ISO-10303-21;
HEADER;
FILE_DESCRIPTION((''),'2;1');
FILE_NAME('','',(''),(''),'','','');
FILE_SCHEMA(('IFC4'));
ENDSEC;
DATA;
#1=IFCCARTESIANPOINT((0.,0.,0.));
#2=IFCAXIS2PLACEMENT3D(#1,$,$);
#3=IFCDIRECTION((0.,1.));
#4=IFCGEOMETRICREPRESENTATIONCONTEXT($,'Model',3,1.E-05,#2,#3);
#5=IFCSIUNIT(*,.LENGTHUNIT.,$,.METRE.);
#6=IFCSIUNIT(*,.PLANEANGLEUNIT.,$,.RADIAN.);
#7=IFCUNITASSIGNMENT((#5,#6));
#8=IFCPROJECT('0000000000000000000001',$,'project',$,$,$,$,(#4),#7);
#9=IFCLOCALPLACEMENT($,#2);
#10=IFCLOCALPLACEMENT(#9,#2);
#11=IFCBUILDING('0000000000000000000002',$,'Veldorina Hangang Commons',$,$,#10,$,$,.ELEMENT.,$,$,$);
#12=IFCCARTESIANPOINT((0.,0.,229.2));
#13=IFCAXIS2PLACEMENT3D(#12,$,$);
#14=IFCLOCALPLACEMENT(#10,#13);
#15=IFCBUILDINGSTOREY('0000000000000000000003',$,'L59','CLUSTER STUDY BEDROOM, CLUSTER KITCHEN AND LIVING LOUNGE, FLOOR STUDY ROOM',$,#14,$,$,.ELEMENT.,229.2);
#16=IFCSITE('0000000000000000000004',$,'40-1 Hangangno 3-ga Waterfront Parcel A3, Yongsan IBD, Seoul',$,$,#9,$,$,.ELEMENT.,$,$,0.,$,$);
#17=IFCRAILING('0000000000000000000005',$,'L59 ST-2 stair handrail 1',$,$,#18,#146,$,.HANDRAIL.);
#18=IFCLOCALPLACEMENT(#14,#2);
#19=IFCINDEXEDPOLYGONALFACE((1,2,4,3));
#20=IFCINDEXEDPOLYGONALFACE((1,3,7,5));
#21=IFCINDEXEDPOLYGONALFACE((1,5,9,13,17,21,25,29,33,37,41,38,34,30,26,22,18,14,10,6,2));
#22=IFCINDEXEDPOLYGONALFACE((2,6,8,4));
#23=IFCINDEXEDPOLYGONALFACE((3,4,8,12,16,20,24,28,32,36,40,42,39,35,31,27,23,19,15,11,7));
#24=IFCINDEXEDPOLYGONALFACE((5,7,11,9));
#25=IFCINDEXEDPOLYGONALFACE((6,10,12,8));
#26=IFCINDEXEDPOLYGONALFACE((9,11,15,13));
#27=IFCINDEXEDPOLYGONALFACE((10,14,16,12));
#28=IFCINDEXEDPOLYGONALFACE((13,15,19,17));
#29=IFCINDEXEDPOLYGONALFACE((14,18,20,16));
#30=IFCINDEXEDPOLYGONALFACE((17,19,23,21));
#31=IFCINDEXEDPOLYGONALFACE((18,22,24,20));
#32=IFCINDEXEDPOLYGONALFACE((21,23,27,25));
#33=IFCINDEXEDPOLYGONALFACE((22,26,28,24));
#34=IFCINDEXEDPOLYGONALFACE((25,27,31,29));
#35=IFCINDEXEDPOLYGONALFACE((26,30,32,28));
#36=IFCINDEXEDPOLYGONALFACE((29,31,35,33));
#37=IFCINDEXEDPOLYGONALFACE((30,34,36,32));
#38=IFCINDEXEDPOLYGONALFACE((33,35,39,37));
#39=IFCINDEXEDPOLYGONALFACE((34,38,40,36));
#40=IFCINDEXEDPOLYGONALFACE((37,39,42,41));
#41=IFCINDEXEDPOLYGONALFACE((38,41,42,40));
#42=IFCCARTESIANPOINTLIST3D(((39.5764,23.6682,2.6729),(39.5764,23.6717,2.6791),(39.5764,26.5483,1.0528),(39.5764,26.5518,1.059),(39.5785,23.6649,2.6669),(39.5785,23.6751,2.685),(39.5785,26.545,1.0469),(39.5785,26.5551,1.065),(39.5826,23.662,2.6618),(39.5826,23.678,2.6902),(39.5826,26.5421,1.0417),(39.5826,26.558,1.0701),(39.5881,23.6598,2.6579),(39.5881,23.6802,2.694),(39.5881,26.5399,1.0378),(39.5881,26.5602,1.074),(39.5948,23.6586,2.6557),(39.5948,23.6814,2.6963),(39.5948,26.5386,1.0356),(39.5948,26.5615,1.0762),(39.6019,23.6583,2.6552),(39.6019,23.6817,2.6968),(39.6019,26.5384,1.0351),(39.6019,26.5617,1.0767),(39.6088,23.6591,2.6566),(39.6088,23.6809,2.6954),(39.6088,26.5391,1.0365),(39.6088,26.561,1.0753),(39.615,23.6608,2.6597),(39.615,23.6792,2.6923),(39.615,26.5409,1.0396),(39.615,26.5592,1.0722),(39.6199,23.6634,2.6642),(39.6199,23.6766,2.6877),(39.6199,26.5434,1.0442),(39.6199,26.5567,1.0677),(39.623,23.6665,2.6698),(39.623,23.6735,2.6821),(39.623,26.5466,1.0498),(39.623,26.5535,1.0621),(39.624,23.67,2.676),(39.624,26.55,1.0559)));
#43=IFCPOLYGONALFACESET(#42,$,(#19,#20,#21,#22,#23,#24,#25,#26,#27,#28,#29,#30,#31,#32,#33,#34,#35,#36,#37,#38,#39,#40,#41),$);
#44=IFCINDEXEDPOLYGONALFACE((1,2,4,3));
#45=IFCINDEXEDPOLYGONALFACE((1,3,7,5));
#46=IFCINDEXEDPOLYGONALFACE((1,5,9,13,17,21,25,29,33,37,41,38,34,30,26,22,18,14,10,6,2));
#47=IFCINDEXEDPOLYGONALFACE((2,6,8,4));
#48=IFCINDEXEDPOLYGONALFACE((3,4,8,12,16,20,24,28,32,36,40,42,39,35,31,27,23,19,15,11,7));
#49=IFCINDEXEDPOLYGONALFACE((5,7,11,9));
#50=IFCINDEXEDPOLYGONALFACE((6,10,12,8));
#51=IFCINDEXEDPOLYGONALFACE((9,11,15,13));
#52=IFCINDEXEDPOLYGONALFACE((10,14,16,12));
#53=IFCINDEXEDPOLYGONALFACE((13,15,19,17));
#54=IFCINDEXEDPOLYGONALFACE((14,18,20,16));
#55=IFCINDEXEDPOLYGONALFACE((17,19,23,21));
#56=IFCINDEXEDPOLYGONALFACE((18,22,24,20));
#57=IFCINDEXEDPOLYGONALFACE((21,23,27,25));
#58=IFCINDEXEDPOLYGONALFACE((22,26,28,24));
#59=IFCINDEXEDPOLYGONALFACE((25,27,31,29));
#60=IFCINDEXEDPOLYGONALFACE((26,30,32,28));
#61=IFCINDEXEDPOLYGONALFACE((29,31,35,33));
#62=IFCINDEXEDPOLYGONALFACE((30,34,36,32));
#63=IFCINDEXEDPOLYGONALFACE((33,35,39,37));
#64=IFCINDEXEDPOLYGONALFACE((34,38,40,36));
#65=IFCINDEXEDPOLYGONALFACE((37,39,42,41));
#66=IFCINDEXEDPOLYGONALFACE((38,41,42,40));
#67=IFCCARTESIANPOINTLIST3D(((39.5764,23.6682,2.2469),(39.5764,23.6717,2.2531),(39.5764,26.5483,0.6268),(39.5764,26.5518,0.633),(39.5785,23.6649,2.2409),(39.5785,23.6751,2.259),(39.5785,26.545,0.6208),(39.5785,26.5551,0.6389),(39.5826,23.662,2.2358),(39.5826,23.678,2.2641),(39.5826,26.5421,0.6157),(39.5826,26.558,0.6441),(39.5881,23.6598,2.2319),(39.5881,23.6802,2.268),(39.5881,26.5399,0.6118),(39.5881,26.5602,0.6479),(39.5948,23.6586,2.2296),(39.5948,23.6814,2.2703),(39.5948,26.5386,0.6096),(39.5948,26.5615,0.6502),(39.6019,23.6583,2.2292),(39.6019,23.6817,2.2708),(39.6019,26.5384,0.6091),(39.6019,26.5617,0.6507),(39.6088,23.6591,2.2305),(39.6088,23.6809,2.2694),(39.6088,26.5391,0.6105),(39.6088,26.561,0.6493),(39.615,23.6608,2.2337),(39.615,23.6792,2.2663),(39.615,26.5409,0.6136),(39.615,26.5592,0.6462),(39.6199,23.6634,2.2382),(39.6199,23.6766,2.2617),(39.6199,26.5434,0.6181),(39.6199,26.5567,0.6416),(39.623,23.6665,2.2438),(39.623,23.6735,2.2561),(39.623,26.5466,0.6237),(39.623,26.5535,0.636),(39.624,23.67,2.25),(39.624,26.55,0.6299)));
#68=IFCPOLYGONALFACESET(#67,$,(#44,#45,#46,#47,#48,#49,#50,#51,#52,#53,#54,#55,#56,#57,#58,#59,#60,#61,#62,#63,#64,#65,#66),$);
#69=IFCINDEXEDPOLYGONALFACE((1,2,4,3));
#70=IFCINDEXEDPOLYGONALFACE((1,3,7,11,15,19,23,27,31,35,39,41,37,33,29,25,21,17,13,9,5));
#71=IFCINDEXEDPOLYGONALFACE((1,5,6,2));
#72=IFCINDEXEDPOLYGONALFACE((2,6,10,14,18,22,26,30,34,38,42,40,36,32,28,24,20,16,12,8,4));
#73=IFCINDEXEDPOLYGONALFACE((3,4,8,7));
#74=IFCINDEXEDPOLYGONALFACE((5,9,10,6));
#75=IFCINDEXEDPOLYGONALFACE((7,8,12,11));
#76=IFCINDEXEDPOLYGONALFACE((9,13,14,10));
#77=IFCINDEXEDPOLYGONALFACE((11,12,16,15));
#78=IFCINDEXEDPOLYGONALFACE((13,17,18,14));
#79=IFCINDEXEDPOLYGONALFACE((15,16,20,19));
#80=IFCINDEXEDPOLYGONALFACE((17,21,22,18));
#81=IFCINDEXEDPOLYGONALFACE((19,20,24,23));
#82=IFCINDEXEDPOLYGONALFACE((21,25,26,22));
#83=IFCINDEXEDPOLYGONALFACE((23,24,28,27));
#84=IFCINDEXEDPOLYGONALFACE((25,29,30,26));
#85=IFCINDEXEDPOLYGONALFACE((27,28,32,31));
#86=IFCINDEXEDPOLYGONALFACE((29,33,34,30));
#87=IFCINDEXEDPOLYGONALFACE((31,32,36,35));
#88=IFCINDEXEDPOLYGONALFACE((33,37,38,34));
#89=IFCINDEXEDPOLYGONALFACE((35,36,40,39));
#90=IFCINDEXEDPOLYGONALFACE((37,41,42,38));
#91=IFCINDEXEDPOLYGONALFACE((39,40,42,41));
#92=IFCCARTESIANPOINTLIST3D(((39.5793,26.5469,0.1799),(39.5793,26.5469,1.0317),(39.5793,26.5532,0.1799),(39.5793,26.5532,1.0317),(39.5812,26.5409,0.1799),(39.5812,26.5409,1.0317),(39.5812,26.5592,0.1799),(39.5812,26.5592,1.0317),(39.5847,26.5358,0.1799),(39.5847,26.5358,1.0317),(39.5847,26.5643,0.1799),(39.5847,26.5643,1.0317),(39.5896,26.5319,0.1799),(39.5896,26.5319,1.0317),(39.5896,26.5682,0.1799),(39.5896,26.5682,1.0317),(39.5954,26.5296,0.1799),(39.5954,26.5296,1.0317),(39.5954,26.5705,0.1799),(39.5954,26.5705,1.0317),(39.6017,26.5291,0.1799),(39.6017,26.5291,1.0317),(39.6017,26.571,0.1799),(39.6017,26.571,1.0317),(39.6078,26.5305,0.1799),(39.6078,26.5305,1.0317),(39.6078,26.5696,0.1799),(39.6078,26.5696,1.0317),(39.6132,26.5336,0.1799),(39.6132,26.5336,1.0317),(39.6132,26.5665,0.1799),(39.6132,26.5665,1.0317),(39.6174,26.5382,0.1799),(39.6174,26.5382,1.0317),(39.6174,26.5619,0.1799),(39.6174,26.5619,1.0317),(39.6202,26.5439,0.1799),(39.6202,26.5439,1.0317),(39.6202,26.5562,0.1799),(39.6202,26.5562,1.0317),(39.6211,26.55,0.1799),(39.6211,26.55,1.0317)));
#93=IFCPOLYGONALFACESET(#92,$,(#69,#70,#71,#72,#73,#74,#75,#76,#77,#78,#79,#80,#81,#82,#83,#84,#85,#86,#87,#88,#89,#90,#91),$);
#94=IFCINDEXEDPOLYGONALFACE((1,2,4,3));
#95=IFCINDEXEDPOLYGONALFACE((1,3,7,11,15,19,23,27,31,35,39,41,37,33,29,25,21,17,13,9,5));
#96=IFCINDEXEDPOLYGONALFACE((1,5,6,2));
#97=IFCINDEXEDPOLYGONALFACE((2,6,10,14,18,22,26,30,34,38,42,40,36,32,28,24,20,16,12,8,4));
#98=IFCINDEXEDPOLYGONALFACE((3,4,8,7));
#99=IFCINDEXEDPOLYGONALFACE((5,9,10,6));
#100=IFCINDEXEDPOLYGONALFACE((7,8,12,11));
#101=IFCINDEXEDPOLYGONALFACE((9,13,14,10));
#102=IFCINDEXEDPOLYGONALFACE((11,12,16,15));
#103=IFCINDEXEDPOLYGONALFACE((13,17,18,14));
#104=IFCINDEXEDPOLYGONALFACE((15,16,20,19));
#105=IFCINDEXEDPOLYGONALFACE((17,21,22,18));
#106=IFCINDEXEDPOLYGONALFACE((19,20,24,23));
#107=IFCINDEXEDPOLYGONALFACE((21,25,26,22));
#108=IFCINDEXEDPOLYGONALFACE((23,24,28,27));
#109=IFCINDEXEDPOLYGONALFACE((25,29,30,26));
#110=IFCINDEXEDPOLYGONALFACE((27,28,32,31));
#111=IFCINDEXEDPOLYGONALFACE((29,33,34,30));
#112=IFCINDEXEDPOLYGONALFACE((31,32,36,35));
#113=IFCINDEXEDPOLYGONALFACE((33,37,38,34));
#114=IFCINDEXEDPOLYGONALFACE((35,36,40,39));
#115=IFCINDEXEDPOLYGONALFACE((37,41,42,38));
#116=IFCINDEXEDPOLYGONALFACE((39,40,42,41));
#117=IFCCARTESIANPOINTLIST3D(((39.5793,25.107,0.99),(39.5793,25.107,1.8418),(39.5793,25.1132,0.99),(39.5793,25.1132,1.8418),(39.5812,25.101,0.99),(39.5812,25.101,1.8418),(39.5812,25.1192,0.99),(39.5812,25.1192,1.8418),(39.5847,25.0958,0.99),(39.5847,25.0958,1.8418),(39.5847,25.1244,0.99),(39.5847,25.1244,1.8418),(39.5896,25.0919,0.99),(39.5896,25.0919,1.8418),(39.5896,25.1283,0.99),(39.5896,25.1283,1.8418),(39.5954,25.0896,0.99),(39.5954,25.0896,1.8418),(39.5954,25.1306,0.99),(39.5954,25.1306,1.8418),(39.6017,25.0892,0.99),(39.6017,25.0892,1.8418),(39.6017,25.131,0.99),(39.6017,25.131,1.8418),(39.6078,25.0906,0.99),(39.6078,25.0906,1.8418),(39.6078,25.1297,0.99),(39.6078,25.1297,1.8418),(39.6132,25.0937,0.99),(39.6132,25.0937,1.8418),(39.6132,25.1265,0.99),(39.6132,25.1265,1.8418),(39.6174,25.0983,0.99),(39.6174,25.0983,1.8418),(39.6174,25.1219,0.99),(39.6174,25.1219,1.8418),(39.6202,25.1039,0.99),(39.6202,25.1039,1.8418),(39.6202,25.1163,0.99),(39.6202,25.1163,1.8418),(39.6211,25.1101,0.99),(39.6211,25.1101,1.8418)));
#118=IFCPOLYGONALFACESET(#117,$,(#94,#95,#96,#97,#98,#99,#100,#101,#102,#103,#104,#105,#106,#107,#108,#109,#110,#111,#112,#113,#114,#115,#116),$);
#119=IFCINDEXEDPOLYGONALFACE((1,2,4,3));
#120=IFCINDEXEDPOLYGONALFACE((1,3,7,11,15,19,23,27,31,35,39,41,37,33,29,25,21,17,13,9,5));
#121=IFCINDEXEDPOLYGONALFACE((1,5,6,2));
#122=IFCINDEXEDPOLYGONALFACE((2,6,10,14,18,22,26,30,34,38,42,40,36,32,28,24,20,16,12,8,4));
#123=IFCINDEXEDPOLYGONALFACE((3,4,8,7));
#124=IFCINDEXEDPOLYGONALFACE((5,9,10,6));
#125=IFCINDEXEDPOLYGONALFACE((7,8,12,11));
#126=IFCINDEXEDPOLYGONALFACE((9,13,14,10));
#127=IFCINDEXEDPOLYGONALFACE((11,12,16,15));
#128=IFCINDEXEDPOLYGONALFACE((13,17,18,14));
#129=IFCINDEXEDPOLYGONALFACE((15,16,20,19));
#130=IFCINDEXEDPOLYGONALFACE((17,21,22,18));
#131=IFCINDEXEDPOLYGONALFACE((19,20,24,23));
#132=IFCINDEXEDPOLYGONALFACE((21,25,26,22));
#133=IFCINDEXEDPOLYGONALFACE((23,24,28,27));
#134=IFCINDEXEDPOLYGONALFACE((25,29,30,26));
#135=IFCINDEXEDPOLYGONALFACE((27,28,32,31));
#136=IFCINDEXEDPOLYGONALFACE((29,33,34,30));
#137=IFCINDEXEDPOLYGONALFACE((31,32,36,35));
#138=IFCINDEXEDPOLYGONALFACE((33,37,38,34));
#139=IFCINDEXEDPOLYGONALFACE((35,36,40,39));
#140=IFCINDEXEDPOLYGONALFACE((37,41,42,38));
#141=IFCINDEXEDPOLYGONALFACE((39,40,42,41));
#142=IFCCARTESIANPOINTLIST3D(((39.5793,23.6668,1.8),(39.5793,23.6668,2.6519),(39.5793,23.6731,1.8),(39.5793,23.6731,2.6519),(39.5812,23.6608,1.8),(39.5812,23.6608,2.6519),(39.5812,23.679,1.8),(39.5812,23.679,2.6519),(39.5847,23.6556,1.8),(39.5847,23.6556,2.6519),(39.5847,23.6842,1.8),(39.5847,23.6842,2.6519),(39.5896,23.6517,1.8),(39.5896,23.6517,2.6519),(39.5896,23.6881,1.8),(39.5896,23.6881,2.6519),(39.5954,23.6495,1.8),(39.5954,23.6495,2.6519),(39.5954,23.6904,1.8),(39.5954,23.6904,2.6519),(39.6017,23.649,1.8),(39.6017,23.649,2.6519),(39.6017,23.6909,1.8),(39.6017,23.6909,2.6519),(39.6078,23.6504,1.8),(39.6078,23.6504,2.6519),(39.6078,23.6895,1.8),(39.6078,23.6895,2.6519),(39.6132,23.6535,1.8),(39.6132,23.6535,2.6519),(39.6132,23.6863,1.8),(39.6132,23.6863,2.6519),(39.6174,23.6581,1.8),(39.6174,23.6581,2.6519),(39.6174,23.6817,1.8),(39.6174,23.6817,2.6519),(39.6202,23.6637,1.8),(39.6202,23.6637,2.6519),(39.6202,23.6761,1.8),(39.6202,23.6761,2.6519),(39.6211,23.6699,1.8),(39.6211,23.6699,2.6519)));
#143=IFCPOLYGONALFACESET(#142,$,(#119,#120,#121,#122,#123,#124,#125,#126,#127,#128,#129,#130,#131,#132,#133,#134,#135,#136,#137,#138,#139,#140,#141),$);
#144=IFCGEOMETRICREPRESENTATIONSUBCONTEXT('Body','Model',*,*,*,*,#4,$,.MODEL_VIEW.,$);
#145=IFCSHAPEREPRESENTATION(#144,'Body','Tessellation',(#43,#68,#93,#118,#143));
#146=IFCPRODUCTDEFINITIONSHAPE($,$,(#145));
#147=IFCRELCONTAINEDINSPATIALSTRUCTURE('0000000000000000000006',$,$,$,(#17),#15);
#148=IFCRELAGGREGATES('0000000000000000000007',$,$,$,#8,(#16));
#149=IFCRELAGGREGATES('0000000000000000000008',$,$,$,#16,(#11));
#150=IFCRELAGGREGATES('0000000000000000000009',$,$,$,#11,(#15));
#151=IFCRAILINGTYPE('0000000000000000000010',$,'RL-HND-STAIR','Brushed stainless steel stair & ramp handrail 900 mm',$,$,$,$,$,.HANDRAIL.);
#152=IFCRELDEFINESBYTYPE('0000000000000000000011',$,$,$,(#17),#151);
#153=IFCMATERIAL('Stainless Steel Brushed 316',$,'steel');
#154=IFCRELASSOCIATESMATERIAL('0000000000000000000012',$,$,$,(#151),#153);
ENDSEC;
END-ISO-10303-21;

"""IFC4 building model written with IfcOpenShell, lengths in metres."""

from ifc_helpers import new_model, si_unit, direction, frame, origin, origin_2d, place, context, subcontext, project, spatial, circle, extrude, material, type_object, element, save


model = new_model("IFC4")

# Units and contexts
model_context = context("Model", 3, precision=1e-05, world=origin(), true_north=direction((0.0, 1.0)))
body_context = subcontext(model_context, "Body", "Model", "MODEL_VIEW")
ifc_project = project(units=[si_unit("LENGTHUNIT", "METRE"), si_unit("PLANEANGLEUNIT", "RADIAN")], contexts=[model_context])

# Site, building, storey
site_placement = place(None, origin())
site = spatial("IfcSite", under=ifc_project, at=site_placement, Name="40-1 Hangangno 3-ga Waterfront Parcel A3, Yongsan IBD, Seoul", CompositionType="ELEMENT", RefElevation=0.0)
building_placement = place(site_placement, origin())
building = spatial("IfcBuilding", under=site, at=building_placement, Name="Veldorina Hangang Commons", CompositionType="ELEMENT")
storey_placement = place(building_placement, frame((0.0, 0.0, 229.2)))
storey = spatial("IfcBuildingStorey", under=building, at=storey_placement, Name="L59", Description="CLUSTER STUDY BEDROOM, CLUSTER KITCHEN AND LIVING LOUNGE, FLOOR STUDY ROOM", CompositionType="ELEMENT", Elevation=229.2)

# Railing
ifc_material_1 = material(Name="Stainless Steel Brushed 316", Category="steel")
railing_type_1 = type_object("IfcRailingType", Name="RL-HND-STAIR", Description="Brushed stainless steel stair & ramp handrail 900 mm", PredefinedType="HANDRAIL", material=ifc_material_1)
railing_1_placement = place(storey_placement, frame((39.6001, 26.55, 0.1799)))
element("IfcRailing", 1, at=railing_1_placement, inside=storey, type_object=railing_type_1, Name="L59 ST-2 stair handrail 1", PredefinedType="HANDRAIL", context=body_context, shape_type="SweptSolid", body=[
    extrude(circle(Radius=0.0239, at=origin_2d()), frame((0.0, 0.0, 0.876), z_axis=(0.0, -0.87157, 0.490272), x_axis=(1.0, 0.0, 0.0)), (0.0, 0.0, 1.0), 3.3044),
    extrude(circle(Radius=0.0239, at=origin_2d()), frame((0.0, 0.0, 0.45), z_axis=(0.0, -0.87157, 0.490272), x_axis=(1.0, 0.0, 0.0)), (0.0, 0.0, 1.0), 3.3044),
    extrude(circle(Radius=0.021, at=origin_2d()), origin(), (0.0, 0.0, 1.0), 0.8518),
    extrude(circle(Radius=0.021, at=origin_2d()), frame((0.0, -1.4399, 0.8101)), (0.0, 0.0, 1.0), 0.8518),
    extrude(circle(Radius=0.021, at=origin_2d()), frame((0.0, -2.8801, 1.6201)), (0.0, 0.0, 1.0), 0.8518),
])

save(model, "model.ifc")
